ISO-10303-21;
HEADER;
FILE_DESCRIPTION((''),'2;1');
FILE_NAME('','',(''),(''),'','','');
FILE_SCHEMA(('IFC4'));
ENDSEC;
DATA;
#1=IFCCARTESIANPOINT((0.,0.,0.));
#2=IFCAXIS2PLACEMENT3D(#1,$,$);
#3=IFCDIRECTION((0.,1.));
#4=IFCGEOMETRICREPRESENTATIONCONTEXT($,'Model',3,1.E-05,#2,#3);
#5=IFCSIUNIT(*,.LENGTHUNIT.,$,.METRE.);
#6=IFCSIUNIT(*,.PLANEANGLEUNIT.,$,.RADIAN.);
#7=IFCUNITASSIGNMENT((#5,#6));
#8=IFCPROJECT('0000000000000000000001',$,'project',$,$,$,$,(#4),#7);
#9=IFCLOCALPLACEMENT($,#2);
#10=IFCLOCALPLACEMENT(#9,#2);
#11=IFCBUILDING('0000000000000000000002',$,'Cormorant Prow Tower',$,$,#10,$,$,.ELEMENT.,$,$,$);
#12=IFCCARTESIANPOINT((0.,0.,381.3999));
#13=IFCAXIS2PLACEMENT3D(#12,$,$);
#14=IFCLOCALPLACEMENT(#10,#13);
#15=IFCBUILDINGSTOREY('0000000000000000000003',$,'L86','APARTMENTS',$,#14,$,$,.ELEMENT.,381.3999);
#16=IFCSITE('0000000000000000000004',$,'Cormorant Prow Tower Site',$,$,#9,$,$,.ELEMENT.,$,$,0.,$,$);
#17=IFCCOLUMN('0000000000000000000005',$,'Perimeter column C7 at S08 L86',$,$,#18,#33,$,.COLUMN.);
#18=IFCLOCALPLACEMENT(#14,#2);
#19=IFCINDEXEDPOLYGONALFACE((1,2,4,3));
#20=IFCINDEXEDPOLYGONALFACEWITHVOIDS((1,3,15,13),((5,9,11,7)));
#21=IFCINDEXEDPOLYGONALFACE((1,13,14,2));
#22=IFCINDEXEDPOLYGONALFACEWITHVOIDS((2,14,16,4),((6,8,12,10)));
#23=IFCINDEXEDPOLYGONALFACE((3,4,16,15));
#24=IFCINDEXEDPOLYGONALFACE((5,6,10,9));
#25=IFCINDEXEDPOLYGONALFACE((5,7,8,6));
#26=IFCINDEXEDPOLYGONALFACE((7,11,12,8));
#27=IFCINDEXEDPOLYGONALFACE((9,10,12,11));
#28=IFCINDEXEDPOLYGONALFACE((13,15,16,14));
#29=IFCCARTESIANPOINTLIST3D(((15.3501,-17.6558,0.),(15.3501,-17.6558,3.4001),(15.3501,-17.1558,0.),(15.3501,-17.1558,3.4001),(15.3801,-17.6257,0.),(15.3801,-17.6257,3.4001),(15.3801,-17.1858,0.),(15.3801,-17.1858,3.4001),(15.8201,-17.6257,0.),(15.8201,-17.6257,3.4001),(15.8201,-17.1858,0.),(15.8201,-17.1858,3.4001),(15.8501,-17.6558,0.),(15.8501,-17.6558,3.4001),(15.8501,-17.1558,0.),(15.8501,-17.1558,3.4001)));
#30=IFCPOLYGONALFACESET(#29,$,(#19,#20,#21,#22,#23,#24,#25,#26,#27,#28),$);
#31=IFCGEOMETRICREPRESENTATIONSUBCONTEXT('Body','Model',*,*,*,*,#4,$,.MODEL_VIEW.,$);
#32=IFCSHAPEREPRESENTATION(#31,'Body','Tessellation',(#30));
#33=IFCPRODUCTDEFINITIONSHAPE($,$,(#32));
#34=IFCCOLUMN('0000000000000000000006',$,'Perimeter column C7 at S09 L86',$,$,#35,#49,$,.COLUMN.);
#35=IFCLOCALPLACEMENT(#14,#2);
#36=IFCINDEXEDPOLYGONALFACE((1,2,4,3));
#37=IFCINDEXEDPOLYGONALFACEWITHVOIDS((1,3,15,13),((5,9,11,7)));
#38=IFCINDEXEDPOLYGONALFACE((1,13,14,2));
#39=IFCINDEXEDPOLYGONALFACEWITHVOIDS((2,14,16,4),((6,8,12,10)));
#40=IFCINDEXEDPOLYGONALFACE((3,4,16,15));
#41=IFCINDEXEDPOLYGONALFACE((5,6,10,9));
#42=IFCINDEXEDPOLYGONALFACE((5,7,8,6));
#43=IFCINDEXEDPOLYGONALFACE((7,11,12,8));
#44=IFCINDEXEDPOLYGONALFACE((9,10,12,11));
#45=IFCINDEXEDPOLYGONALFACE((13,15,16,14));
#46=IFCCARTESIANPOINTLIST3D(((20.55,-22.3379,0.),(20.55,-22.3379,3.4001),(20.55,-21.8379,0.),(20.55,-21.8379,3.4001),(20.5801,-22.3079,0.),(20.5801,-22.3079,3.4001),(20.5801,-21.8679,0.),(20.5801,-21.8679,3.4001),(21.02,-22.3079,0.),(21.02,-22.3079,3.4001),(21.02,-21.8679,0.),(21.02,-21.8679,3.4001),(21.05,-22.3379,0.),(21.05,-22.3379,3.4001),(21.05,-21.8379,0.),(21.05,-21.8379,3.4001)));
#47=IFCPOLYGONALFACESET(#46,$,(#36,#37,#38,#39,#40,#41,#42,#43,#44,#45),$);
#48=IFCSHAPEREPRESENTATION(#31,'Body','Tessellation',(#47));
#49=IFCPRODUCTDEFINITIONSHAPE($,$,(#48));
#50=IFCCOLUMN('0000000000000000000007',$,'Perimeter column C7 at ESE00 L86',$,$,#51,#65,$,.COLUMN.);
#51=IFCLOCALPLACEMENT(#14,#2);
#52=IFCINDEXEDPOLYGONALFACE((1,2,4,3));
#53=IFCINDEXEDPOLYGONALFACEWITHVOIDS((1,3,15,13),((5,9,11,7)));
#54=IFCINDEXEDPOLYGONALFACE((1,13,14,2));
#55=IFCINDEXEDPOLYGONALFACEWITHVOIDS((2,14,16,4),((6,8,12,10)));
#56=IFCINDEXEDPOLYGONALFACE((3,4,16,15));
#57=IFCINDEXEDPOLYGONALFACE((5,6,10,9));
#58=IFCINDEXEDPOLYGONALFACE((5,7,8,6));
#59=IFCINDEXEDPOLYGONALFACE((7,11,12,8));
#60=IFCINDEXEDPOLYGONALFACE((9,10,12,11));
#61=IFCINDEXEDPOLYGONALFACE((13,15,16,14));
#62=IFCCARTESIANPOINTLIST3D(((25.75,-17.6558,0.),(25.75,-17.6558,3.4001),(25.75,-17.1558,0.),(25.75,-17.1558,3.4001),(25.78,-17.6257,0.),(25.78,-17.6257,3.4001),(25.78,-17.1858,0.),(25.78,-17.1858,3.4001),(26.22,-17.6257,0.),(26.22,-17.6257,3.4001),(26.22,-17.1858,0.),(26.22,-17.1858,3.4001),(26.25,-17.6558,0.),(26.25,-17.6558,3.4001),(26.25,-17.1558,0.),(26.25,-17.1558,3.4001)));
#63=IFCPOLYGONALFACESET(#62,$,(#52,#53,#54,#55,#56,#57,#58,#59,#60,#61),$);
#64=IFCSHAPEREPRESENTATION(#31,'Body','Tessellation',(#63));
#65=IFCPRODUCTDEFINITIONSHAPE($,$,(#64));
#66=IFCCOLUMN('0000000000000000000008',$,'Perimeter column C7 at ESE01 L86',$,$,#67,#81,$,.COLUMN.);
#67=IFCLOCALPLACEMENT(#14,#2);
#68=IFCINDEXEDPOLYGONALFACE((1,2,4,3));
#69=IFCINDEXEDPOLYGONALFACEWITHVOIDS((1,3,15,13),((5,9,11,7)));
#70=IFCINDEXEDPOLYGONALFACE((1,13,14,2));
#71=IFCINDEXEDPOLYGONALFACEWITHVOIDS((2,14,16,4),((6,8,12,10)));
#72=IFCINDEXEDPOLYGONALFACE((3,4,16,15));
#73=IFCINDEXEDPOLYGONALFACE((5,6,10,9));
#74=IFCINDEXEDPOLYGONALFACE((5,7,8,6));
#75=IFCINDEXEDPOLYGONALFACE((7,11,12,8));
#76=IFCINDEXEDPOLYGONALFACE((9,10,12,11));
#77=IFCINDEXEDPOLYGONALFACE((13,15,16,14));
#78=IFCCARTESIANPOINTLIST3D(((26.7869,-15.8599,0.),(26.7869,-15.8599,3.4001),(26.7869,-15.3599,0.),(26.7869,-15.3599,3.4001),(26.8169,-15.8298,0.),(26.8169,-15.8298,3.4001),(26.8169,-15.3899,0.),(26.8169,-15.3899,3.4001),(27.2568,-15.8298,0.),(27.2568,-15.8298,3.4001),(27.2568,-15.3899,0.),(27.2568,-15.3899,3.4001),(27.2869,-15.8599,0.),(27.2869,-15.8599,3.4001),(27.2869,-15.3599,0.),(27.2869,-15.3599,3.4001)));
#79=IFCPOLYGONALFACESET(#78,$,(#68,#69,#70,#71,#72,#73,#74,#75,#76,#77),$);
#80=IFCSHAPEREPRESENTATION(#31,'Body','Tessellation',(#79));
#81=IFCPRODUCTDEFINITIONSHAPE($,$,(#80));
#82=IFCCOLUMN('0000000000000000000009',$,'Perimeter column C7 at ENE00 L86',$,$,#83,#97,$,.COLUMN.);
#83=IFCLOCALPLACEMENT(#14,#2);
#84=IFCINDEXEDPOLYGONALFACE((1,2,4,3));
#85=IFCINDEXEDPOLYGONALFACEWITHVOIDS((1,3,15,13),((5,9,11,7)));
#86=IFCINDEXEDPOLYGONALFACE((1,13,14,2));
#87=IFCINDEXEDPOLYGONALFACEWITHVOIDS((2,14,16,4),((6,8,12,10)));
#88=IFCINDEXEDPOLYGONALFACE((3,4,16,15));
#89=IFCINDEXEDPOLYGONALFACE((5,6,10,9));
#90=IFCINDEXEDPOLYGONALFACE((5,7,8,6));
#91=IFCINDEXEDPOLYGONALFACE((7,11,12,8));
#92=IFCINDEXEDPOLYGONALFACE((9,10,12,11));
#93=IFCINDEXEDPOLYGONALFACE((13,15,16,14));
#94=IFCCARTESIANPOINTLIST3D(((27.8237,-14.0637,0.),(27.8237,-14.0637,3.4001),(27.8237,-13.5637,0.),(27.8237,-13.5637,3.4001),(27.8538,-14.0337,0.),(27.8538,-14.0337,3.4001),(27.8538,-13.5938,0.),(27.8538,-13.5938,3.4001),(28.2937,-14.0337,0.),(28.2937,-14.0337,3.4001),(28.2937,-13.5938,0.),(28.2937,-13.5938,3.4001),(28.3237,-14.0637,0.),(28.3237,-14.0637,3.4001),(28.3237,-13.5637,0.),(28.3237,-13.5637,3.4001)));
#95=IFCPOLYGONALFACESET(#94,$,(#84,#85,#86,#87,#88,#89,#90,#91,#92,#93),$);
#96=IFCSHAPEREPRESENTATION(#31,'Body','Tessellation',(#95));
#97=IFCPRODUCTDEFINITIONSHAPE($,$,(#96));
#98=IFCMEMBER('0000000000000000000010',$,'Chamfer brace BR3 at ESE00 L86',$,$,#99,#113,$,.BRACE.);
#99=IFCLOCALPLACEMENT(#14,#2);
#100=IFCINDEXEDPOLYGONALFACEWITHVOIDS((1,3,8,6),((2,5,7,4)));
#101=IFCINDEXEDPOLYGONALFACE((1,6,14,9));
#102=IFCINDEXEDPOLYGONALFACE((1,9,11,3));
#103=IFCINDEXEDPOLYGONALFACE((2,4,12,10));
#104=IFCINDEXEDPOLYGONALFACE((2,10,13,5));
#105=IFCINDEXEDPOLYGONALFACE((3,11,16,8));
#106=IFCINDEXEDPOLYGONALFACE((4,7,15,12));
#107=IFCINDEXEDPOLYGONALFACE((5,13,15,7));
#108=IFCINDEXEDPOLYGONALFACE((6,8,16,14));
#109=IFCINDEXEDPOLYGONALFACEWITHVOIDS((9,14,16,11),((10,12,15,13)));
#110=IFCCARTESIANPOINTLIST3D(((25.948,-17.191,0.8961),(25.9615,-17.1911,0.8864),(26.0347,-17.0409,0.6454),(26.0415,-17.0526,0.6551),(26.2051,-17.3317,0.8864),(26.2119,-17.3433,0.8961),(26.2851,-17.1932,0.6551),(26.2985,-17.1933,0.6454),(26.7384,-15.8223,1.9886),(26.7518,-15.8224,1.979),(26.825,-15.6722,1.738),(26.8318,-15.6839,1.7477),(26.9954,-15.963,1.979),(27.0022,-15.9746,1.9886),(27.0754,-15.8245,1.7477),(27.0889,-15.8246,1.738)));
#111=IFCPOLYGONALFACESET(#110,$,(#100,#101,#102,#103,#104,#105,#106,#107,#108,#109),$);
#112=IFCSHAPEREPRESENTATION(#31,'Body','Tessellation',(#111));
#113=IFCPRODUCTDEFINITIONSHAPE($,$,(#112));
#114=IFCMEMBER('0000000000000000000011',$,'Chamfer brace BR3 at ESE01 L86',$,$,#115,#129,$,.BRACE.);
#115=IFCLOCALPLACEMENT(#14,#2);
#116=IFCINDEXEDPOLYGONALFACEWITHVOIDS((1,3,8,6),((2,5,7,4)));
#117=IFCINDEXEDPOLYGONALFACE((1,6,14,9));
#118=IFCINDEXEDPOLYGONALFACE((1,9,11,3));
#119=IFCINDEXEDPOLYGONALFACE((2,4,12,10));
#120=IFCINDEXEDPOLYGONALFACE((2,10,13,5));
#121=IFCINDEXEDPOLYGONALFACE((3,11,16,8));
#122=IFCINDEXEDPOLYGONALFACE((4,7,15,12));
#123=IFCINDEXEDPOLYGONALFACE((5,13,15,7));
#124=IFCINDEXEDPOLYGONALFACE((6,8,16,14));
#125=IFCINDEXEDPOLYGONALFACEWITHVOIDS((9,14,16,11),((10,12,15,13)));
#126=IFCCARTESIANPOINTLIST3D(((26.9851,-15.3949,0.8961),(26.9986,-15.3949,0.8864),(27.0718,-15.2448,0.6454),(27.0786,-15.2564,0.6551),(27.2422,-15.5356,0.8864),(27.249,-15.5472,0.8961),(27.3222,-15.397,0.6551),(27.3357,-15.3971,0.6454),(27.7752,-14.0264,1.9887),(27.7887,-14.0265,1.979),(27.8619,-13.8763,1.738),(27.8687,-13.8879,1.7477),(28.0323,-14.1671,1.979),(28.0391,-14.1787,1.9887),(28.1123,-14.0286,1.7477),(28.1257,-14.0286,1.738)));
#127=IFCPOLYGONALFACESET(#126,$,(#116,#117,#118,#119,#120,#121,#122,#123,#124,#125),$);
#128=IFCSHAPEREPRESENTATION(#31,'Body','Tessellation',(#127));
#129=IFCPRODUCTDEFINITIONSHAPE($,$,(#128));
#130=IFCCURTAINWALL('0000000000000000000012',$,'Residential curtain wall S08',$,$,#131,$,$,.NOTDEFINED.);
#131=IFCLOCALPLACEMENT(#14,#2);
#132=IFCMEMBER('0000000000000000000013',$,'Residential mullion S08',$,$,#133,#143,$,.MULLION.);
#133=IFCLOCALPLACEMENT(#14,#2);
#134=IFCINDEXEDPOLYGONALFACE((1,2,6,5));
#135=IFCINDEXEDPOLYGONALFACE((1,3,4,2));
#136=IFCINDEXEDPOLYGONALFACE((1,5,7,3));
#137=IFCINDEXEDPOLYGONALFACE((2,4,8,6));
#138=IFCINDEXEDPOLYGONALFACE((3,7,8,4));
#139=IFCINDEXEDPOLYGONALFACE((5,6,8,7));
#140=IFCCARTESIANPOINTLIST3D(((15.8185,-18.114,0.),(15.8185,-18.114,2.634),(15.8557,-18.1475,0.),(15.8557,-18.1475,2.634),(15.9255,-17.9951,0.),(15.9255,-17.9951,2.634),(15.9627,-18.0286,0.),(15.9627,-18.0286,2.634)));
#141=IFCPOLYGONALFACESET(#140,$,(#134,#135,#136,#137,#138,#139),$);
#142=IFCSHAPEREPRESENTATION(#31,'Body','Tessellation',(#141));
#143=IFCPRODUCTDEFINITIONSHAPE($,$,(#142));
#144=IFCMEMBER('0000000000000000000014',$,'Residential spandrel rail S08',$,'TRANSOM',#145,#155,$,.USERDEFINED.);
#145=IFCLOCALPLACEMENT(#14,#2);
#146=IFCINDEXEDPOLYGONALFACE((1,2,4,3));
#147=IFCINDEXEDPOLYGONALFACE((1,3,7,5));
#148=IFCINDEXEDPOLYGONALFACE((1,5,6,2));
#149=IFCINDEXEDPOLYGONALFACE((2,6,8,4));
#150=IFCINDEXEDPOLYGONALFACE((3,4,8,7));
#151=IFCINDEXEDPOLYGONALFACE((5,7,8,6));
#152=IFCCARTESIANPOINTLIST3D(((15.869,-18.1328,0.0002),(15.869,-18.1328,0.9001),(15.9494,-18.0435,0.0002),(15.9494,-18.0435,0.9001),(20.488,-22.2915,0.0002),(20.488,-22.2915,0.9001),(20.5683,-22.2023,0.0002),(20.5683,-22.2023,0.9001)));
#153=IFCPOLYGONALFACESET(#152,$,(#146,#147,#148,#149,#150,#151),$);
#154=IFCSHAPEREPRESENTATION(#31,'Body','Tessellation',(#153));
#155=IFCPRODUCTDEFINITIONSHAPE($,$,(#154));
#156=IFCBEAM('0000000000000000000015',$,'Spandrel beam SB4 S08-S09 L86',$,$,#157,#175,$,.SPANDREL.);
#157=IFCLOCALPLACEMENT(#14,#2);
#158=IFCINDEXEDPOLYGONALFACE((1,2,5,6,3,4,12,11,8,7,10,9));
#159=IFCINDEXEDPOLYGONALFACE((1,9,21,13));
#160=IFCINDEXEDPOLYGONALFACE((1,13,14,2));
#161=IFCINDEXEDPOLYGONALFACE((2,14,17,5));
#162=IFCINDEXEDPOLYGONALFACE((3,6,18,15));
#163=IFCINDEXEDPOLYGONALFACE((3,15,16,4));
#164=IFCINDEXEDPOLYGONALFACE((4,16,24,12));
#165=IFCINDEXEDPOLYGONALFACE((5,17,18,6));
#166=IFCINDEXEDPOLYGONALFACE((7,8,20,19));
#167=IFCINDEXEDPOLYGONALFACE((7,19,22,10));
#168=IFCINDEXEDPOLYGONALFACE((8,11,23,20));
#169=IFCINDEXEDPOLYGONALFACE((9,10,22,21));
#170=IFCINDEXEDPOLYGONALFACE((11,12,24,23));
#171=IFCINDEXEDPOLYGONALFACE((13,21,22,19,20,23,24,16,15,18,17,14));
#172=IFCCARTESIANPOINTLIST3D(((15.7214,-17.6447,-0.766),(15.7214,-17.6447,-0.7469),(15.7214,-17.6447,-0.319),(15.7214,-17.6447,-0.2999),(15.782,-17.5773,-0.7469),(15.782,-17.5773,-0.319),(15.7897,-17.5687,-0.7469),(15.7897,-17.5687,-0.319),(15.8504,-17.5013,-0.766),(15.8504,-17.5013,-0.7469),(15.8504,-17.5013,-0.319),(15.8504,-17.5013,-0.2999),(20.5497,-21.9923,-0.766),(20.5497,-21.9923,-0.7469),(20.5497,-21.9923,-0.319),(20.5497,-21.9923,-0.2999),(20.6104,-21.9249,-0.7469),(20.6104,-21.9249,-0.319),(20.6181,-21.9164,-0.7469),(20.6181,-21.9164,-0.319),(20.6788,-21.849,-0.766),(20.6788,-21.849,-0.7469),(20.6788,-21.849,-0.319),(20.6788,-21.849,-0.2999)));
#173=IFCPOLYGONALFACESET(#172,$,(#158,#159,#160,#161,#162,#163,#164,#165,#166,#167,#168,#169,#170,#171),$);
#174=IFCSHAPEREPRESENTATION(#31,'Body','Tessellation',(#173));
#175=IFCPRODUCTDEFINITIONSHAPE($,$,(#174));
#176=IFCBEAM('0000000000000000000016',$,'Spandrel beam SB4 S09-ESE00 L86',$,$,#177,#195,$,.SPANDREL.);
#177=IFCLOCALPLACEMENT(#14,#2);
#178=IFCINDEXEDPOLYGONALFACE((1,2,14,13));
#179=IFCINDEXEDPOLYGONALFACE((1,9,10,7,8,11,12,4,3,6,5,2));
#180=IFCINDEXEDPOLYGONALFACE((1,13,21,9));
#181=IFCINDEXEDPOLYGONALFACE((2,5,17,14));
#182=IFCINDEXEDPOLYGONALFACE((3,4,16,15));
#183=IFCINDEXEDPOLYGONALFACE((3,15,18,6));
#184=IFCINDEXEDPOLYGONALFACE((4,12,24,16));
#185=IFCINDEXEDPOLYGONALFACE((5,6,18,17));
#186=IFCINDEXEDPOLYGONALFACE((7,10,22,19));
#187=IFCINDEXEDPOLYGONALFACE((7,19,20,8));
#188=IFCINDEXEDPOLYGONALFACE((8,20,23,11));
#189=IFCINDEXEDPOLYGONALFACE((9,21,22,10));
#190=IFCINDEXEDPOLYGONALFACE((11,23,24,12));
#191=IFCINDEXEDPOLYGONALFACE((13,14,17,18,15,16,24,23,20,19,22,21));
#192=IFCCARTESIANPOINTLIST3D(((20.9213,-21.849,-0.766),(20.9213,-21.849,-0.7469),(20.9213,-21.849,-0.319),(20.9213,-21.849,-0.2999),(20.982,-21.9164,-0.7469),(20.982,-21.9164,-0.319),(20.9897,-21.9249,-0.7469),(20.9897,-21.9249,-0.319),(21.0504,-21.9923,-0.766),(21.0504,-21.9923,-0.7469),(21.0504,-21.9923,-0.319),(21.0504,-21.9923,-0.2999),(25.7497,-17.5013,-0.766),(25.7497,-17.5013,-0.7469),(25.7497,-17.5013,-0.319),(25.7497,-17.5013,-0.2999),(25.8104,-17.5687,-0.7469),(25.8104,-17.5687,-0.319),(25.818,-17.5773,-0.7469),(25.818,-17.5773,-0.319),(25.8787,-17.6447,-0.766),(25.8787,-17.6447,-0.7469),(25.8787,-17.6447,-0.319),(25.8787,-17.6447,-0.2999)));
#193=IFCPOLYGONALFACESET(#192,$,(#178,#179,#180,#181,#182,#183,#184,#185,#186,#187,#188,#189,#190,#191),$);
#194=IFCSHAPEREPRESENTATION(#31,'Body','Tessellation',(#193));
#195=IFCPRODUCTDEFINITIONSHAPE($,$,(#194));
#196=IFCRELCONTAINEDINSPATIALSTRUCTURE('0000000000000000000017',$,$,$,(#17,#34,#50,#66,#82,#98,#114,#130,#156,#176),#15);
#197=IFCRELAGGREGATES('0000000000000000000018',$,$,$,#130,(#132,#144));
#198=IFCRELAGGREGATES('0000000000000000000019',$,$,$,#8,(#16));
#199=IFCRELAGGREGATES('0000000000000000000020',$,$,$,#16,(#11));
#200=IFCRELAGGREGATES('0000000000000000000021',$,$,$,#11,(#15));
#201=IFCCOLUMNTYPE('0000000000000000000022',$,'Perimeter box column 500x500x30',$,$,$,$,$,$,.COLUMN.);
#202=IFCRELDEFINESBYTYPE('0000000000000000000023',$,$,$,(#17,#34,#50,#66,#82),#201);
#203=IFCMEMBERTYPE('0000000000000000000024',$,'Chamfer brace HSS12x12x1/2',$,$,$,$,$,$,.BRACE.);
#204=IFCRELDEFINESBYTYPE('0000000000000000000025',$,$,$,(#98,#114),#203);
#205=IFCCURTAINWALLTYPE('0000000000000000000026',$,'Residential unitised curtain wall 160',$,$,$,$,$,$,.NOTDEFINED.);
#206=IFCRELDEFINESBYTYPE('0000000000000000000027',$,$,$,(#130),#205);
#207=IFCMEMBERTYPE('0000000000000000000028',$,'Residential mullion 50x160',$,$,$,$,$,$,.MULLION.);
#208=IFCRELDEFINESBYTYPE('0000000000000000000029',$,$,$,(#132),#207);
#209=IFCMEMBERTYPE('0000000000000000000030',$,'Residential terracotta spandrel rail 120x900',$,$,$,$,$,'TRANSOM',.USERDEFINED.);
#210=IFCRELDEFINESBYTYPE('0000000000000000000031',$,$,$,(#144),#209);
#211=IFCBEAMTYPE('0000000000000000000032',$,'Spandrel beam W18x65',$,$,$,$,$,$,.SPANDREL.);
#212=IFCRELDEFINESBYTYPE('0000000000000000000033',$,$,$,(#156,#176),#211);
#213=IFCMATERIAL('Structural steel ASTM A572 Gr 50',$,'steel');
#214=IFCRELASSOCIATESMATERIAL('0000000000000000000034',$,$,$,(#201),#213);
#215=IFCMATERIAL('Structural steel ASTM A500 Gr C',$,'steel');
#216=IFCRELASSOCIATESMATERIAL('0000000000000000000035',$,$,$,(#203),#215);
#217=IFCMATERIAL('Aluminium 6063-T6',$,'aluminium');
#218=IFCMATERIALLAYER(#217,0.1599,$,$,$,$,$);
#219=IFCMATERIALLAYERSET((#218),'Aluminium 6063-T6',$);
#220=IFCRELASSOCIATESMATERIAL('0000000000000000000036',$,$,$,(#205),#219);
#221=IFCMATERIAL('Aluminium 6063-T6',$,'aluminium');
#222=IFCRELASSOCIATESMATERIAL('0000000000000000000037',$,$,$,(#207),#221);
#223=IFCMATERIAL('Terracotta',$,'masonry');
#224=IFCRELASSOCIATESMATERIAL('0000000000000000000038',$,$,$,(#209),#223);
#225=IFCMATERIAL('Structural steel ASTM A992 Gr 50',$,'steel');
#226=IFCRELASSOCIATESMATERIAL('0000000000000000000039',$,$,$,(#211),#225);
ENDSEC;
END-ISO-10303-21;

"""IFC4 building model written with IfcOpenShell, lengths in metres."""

from ifc_helpers import new_model, si_unit, direction, frame, origin, origin_2d, place, context, subcontext, project, spatial, rectangle, hollow_rectangle, i_section, extrude, material, layer, layer_set, material_profile, profile_set, type_object, element, aggregate, save


model = new_model("IFC4")

# Units and contexts
model_context = context("Model", 3, precision=1e-05, world=origin(), true_north=direction((0.0, 1.0)))
body_context = subcontext(model_context, "Body", "Model", "MODEL_VIEW")
ifc_project = project(units=[si_unit("LENGTHUNIT", "METRE"), si_unit("PLANEANGLEUNIT", "RADIAN")], contexts=[model_context])

# Site, building, storey
site_placement = place(None, origin())
site = spatial("IfcSite", under=ifc_project, at=site_placement, Name="Cormorant Prow Tower Site", CompositionType="ELEMENT", RefElevation=0.0)
building_placement = place(site_placement, origin())
building = spatial("IfcBuilding", under=site, at=building_placement, Name="Cormorant Prow Tower", CompositionType="ELEMENT")
storey_placement = place(building_placement, frame((0.0, 0.0, 381.3999)))
storey = spatial("IfcBuildingStorey", under=building, at=storey_placement, Name="L86", Description="APARTMENTS", CompositionType="ELEMENT", Elevation=381.3999)

# Columns
ifc_material_1 = material(Name="Structural steel ASTM A572 Gr 50", Category="steel")
ifc_material_profile_1 = material_profile(ifc_material_1, hollow_rectangle(XDim=0.5, YDim=0.5, WallThickness=0.03, at=origin_2d()), Name="Box 500x500x30")
ifc_profile_set_1 = profile_set([ifc_material_profile_1], Name="Structural steel ASTM A572 Gr 50")
column_type = type_object("IfcColumnType", Name="Perimeter box column 500x500x30", PredefinedType="COLUMN", material=ifc_profile_set_1)
for number, where, z_axis, x_axis, name in (
    (1, (15.6001, -17.4058, 0.0), (0.0, 0.0, 1.0), (1.0, 0.0, 0.0), "Perimeter column C7 at S08 L86"),
    (2, (20.8, -22.0879, 0.0), (0.0, 0.0, 1.0), (1.0, 0.0, 0.0), "Perimeter column C7 at S09 L86"),
    (3, (26.0, -17.4058, 0.0), (0.0, 0.0, 1.0), (1.0, 0.0, 0.0), "Perimeter column C7 at ESE00 L86"),
    (4, (27.0369, -15.6099, 0.0), (0.0, 0.0, 1.0), (1.0, 0.0, 0.0), "Perimeter column C7 at ESE01 L86"),
    (5, (28.0737, -13.8137, 0.0), (0.0, 0.0, 1.0), (1.0, 0.0, 0.0), "Perimeter column C7 at ENE00 L86"),
):
    element("IfcColumn", number, at=place(storey_placement, frame(where, z_axis=z_axis, x_axis=x_axis)), inside=storey, type_object=column_type, Name=name, PredefinedType="COLUMN", context=body_context, shape_type="SweptSolid", body=[
        extrude(hollow_rectangle(XDim=0.5, YDim=0.5, WallThickness=0.03, at=origin_2d()), origin(), (0.0, 0.0, 1.0), 3.4001),
    ])

# Members
ifc_material_2 = material(Name="Structural steel ASTM A500 Gr C", Category="steel")
ifc_material_profile_2 = material_profile(ifc_material_2, hollow_rectangle(XDim=0.3047, YDim=0.3047, WallThickness=0.0117, at=origin_2d()), Name="HSS12x12x1/2")
ifc_profile_set_2 = profile_set([ifc_material_profile_2], Name="Structural steel ASTM A500 Gr C")
member_type_1 = type_object("IfcMemberType", Name="Chamfer brace HSS12x12x1/2", PredefinedType="BRACE", material=ifc_profile_set_2)
member_1_placement = place(storey_placement, frame((26.1233, -17.1921, 0.7708), z_axis=(0.411328, 0.712359, 0.568642), x_axis=(-0.866, 0.500043, 0.0)))
element("IfcMember", 6, at=member_1_placement, inside=storey, type_object=member_type_1, Name="Chamfer brace BR3 at ESE00 L86", PredefinedType="BRACE", context=body_context, shape_type="SweptSolid", body=[
    extrude(hollow_rectangle(XDim=0.3047, YDim=0.3047, WallThickness=0.0117, at=origin_2d()), origin(), (0.0, 0.0, 1.0), 1.9214),
])
member_2_placement = place(storey_placement, frame((27.1604, -15.396, 0.7708), z_axis=(0.41126, 0.712334, 0.568723), x_axis=(-0.866029, 0.499994, 0.0)))
element("IfcMember", 7, at=member_2_placement, inside=storey, type_object=member_type_1, Name="Chamfer brace BR3 at ESE01 L86", PredefinedType="BRACE", context=body_context, shape_type="SweptSolid", body=[
    extrude(hollow_rectangle(XDim=0.3047, YDim=0.3047, WallThickness=0.0117, at=origin_2d()), origin(), (0.0, 0.0, 1.0), 1.9211),
])

# Curtain wall, members
ifc_material_3 = material(Name="Aluminium 6063-T6", Category="aluminium")
ifc_layer_1 = layer(ifc_material_3, 0.1599)
ifc_layer_set_1 = layer_set([ifc_layer_1], Name="Aluminium 6063-T6")
curtain_wall_type = type_object("IfcCurtainWallType", Name="Residential unitised curtain wall 160", PredefinedType="NOTDEFINED", material=ifc_layer_set_1)
curtain_wall_placement = place(storey_placement, origin())
curtain_wall = element("IfcCurtainWall", 8, at=curtain_wall_placement, inside=storey, type_object=curtain_wall_type, Name="Residential curtain wall S08", PredefinedType="NOTDEFINED")
ifc_material_4 = material(Name="Aluminium 6063-T6", Category="aluminium")
ifc_material_profile_3 = material_profile(ifc_material_4, rectangle(XDim=0.1599, YDim=0.05, at=origin_2d()), Name="Residential mullion 50x160")
ifc_profile_set_3 = profile_set([ifc_material_profile_3], Name="Aluminium 6063-T6")
member_type_2 = type_object("IfcMemberType", Name="Residential mullion 50x160", PredefinedType="MULLION", material=ifc_profile_set_3)
member_3_placement = place(storey_placement, frame((15.8906, -18.0713, 0.0), z_axis=(0.0, 0.0, 1.0), x_axis=(0.669131, 0.743145, 0.0)))
member_3 = element("IfcMember", 9, at=member_3_placement, type_object=member_type_2, Name="Residential mullion S08", PredefinedType="MULLION", context=body_context, shape_type="SweptSolid", body=[
    extrude(rectangle(XDim=0.1599, YDim=0.05, at=origin_2d()), origin(), (0.0, 0.0, 1.0), 2.634),
])
ifc_material_5 = material(Name="Terracotta", Category="masonry")
ifc_material_profile_4 = material_profile(ifc_material_5, rectangle(XDim=0.1201, YDim=0.8999, at=origin_2d()), Name="Residential terracotta spandrel rail 120x900")
ifc_profile_set_4 = profile_set([ifc_material_profile_4], Name="Terracotta")
member_type_3 = type_object("IfcMemberType", Name="Residential terracotta spandrel rail 120x900", ElementType="TRANSOM", PredefinedType="USERDEFINED", material=ifc_profile_set_4)
member_4_placement = place(storey_placement, frame((15.9092, -18.0881, 0.4502), z_axis=(0.743159, -0.669114, 0.0), x_axis=(0.669114, 0.743159, 0.0)))
member_4 = element("IfcMember", 10, at=member_4_placement, type_object=member_type_3, Name="Residential spandrel rail S08", ObjectType="TRANSOM", PredefinedType="USERDEFINED", context=body_context, shape_type="SweptSolid", body=[
    extrude(rectangle(XDim=0.1201, YDim=0.8999, at=origin_2d()), origin(), (0.0, 0.0, 1.0), 6.2153),
])

# Beams
ifc_material_6 = material(Name="Structural steel ASTM A992 Gr 50", Category="steel")
ifc_material_profile_5 = material_profile(ifc_material_6, i_section(OverallWidth=0.1929, OverallDepth=0.4661, WebThickness=0.0115, FlangeThickness=0.019, at=origin_2d()), Name="W18x65")
ifc_profile_set_5 = profile_set([ifc_material_profile_5], Name="Structural steel ASTM A992 Gr 50")
beam_type = type_object("IfcBeamType", Name="Spandrel beam W18x65", PredefinedType="SPANDREL", material=ifc_profile_set_5)
for number, where, z_axis, x_axis, name in (
    (11, (15.7859, -17.573, -0.533), (0.743132, -0.669145, 0.0), (0.669145, 0.743132, 0.0), "Spandrel beam SB4 S08-S09 L86"),
    (12, (20.9858, -21.9207, -0.533), (0.743132, 0.669145, 0.0), (-0.669145, 0.743132, 0.0), "Spandrel beam SB4 S09-ESE00 L86"),
):
    element("IfcBeam", number, at=place(storey_placement, frame(where, z_axis=z_axis, x_axis=x_axis)), inside=storey, type_object=beam_type, Name=name, PredefinedType="SPANDREL", context=body_context, shape_type="SweptSolid", body=[
        extrude(i_section(OverallWidth=0.1929, OverallDepth=0.4661, WebThickness=0.0115, FlangeThickness=0.019, at=origin_2d()), origin(), (0.0, 0.0, 1.0), 6.4973),
    ])

aggregate(curtain_wall, [member_3, member_4])

save(model, "model.ifc")
